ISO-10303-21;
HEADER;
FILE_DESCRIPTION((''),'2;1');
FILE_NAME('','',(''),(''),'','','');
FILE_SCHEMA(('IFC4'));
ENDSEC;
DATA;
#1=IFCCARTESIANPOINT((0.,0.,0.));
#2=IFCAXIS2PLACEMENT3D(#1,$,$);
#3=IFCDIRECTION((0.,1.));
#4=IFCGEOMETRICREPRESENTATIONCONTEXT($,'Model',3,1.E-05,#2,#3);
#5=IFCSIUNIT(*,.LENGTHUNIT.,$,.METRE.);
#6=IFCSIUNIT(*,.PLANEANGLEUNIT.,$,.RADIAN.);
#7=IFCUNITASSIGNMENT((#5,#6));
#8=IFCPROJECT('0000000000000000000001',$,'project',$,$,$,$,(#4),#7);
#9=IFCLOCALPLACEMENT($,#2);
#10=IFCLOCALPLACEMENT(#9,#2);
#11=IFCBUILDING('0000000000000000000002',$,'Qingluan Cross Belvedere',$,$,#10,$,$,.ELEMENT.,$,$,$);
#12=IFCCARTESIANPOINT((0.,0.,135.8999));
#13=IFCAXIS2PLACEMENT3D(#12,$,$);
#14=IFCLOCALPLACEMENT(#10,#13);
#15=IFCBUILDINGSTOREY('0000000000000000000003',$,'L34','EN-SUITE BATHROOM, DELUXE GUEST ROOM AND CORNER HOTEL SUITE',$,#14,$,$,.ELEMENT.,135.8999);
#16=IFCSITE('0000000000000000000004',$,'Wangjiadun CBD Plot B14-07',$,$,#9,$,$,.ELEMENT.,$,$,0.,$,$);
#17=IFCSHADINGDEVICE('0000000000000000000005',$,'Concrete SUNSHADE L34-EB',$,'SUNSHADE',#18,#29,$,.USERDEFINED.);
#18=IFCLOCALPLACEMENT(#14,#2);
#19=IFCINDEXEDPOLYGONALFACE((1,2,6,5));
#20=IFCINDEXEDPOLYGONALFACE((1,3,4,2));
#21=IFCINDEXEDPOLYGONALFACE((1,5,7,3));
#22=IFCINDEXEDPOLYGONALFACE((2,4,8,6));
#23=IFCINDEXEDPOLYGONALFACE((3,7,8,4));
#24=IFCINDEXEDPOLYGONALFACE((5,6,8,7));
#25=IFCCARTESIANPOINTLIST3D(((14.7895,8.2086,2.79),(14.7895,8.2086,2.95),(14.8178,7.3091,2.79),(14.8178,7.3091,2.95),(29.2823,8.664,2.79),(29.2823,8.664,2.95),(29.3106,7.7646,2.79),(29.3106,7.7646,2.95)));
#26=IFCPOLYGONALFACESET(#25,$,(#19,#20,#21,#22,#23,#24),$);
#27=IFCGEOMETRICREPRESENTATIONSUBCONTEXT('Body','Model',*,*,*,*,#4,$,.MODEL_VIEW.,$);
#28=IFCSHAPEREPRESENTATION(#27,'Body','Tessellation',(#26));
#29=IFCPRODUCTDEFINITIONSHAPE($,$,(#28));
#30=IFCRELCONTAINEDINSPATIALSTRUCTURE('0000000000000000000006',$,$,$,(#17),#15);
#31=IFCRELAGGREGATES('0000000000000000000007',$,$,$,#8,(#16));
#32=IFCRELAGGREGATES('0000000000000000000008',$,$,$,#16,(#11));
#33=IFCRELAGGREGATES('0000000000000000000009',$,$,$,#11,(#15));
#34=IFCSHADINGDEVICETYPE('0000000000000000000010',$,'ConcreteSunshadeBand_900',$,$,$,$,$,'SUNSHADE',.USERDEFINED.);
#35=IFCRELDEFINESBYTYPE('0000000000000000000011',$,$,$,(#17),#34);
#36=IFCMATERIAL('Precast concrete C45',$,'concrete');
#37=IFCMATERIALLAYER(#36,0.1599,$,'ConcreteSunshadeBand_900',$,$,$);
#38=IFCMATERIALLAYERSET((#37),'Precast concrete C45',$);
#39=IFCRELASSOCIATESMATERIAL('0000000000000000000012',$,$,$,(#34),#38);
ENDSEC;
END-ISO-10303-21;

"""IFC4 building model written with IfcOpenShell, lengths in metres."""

from ifc_helpers import new_model, si_unit, direction, frame, origin, origin_2d, place, context, subcontext, project, spatial, rectangle, extrude, material, layer, layer_set, type_object, element, save


model = new_model("IFC4")

# Units and contexts
model_context = context("Model", 3, precision=1e-05, world=origin(), true_north=direction((0.0, 1.0)))
body_context = subcontext(model_context, "Body", "Model", "MODEL_VIEW")
ifc_project = project(units=[si_unit("LENGTHUNIT", "METRE"), si_unit("PLANEANGLEUNIT", "RADIAN")], contexts=[model_context])

# Site, building, storey
site_placement = place(None, origin())
site = spatial("IfcSite", under=ifc_project, at=site_placement, Name="Wangjiadun CBD Plot B14-07", CompositionType="ELEMENT", RefElevation=0.0)
building_placement = place(site_placement, origin())
building = spatial("IfcBuilding", under=site, at=building_placement, Name="Qingluan Cross Belvedere", CompositionType="ELEMENT")
storey_placement = place(building_placement, frame((0.0, 0.0, 135.8999)))
storey = spatial("IfcBuildingStorey", under=building, at=storey_placement, Name="L34", Description="EN-SUITE BATHROOM, DELUXE GUEST ROOM AND CORNER HOTEL SUITE", CompositionType="ELEMENT", Elevation=135.8999)

# Shading device
ifc_material_1 = material(Name="Precast concrete C45", Category="concrete")
ifc_layer_1 = layer(ifc_material_1, 0.1599, Name="ConcreteSunshadeBand_900")
ifc_layer_set_1 = layer_set([ifc_layer_1], Name="Precast concrete C45")
shading_device_type = type_object("IfcShadingDeviceType", Name="ConcreteSunshadeBand_900", ElementType="SUNSHADE", PredefinedType="USERDEFINED", material=ifc_layer_set_1)
shading_device_placement = place(storey_placement, frame((22.05, 7.9866, 2.79), z_axis=(0.0, 0.0, 1.0), x_axis=(-0.999507, -0.031408, 0.0)))
element("IfcShadingDevice", 1, at=shading_device_placement, inside=storey, type_object=shading_device_type, Name="Concrete SUNSHADE L34-EB", ObjectType="SUNSHADE", PredefinedType="USERDEFINED", context=body_context, shape_type="SweptSolid", body=[
    extrude(rectangle(XDim=14.5, YDim=0.8999, at=origin_2d()), origin(), (0.0, 0.0, 1.0), 0.1599),
])

save(model, "model.ifc")
